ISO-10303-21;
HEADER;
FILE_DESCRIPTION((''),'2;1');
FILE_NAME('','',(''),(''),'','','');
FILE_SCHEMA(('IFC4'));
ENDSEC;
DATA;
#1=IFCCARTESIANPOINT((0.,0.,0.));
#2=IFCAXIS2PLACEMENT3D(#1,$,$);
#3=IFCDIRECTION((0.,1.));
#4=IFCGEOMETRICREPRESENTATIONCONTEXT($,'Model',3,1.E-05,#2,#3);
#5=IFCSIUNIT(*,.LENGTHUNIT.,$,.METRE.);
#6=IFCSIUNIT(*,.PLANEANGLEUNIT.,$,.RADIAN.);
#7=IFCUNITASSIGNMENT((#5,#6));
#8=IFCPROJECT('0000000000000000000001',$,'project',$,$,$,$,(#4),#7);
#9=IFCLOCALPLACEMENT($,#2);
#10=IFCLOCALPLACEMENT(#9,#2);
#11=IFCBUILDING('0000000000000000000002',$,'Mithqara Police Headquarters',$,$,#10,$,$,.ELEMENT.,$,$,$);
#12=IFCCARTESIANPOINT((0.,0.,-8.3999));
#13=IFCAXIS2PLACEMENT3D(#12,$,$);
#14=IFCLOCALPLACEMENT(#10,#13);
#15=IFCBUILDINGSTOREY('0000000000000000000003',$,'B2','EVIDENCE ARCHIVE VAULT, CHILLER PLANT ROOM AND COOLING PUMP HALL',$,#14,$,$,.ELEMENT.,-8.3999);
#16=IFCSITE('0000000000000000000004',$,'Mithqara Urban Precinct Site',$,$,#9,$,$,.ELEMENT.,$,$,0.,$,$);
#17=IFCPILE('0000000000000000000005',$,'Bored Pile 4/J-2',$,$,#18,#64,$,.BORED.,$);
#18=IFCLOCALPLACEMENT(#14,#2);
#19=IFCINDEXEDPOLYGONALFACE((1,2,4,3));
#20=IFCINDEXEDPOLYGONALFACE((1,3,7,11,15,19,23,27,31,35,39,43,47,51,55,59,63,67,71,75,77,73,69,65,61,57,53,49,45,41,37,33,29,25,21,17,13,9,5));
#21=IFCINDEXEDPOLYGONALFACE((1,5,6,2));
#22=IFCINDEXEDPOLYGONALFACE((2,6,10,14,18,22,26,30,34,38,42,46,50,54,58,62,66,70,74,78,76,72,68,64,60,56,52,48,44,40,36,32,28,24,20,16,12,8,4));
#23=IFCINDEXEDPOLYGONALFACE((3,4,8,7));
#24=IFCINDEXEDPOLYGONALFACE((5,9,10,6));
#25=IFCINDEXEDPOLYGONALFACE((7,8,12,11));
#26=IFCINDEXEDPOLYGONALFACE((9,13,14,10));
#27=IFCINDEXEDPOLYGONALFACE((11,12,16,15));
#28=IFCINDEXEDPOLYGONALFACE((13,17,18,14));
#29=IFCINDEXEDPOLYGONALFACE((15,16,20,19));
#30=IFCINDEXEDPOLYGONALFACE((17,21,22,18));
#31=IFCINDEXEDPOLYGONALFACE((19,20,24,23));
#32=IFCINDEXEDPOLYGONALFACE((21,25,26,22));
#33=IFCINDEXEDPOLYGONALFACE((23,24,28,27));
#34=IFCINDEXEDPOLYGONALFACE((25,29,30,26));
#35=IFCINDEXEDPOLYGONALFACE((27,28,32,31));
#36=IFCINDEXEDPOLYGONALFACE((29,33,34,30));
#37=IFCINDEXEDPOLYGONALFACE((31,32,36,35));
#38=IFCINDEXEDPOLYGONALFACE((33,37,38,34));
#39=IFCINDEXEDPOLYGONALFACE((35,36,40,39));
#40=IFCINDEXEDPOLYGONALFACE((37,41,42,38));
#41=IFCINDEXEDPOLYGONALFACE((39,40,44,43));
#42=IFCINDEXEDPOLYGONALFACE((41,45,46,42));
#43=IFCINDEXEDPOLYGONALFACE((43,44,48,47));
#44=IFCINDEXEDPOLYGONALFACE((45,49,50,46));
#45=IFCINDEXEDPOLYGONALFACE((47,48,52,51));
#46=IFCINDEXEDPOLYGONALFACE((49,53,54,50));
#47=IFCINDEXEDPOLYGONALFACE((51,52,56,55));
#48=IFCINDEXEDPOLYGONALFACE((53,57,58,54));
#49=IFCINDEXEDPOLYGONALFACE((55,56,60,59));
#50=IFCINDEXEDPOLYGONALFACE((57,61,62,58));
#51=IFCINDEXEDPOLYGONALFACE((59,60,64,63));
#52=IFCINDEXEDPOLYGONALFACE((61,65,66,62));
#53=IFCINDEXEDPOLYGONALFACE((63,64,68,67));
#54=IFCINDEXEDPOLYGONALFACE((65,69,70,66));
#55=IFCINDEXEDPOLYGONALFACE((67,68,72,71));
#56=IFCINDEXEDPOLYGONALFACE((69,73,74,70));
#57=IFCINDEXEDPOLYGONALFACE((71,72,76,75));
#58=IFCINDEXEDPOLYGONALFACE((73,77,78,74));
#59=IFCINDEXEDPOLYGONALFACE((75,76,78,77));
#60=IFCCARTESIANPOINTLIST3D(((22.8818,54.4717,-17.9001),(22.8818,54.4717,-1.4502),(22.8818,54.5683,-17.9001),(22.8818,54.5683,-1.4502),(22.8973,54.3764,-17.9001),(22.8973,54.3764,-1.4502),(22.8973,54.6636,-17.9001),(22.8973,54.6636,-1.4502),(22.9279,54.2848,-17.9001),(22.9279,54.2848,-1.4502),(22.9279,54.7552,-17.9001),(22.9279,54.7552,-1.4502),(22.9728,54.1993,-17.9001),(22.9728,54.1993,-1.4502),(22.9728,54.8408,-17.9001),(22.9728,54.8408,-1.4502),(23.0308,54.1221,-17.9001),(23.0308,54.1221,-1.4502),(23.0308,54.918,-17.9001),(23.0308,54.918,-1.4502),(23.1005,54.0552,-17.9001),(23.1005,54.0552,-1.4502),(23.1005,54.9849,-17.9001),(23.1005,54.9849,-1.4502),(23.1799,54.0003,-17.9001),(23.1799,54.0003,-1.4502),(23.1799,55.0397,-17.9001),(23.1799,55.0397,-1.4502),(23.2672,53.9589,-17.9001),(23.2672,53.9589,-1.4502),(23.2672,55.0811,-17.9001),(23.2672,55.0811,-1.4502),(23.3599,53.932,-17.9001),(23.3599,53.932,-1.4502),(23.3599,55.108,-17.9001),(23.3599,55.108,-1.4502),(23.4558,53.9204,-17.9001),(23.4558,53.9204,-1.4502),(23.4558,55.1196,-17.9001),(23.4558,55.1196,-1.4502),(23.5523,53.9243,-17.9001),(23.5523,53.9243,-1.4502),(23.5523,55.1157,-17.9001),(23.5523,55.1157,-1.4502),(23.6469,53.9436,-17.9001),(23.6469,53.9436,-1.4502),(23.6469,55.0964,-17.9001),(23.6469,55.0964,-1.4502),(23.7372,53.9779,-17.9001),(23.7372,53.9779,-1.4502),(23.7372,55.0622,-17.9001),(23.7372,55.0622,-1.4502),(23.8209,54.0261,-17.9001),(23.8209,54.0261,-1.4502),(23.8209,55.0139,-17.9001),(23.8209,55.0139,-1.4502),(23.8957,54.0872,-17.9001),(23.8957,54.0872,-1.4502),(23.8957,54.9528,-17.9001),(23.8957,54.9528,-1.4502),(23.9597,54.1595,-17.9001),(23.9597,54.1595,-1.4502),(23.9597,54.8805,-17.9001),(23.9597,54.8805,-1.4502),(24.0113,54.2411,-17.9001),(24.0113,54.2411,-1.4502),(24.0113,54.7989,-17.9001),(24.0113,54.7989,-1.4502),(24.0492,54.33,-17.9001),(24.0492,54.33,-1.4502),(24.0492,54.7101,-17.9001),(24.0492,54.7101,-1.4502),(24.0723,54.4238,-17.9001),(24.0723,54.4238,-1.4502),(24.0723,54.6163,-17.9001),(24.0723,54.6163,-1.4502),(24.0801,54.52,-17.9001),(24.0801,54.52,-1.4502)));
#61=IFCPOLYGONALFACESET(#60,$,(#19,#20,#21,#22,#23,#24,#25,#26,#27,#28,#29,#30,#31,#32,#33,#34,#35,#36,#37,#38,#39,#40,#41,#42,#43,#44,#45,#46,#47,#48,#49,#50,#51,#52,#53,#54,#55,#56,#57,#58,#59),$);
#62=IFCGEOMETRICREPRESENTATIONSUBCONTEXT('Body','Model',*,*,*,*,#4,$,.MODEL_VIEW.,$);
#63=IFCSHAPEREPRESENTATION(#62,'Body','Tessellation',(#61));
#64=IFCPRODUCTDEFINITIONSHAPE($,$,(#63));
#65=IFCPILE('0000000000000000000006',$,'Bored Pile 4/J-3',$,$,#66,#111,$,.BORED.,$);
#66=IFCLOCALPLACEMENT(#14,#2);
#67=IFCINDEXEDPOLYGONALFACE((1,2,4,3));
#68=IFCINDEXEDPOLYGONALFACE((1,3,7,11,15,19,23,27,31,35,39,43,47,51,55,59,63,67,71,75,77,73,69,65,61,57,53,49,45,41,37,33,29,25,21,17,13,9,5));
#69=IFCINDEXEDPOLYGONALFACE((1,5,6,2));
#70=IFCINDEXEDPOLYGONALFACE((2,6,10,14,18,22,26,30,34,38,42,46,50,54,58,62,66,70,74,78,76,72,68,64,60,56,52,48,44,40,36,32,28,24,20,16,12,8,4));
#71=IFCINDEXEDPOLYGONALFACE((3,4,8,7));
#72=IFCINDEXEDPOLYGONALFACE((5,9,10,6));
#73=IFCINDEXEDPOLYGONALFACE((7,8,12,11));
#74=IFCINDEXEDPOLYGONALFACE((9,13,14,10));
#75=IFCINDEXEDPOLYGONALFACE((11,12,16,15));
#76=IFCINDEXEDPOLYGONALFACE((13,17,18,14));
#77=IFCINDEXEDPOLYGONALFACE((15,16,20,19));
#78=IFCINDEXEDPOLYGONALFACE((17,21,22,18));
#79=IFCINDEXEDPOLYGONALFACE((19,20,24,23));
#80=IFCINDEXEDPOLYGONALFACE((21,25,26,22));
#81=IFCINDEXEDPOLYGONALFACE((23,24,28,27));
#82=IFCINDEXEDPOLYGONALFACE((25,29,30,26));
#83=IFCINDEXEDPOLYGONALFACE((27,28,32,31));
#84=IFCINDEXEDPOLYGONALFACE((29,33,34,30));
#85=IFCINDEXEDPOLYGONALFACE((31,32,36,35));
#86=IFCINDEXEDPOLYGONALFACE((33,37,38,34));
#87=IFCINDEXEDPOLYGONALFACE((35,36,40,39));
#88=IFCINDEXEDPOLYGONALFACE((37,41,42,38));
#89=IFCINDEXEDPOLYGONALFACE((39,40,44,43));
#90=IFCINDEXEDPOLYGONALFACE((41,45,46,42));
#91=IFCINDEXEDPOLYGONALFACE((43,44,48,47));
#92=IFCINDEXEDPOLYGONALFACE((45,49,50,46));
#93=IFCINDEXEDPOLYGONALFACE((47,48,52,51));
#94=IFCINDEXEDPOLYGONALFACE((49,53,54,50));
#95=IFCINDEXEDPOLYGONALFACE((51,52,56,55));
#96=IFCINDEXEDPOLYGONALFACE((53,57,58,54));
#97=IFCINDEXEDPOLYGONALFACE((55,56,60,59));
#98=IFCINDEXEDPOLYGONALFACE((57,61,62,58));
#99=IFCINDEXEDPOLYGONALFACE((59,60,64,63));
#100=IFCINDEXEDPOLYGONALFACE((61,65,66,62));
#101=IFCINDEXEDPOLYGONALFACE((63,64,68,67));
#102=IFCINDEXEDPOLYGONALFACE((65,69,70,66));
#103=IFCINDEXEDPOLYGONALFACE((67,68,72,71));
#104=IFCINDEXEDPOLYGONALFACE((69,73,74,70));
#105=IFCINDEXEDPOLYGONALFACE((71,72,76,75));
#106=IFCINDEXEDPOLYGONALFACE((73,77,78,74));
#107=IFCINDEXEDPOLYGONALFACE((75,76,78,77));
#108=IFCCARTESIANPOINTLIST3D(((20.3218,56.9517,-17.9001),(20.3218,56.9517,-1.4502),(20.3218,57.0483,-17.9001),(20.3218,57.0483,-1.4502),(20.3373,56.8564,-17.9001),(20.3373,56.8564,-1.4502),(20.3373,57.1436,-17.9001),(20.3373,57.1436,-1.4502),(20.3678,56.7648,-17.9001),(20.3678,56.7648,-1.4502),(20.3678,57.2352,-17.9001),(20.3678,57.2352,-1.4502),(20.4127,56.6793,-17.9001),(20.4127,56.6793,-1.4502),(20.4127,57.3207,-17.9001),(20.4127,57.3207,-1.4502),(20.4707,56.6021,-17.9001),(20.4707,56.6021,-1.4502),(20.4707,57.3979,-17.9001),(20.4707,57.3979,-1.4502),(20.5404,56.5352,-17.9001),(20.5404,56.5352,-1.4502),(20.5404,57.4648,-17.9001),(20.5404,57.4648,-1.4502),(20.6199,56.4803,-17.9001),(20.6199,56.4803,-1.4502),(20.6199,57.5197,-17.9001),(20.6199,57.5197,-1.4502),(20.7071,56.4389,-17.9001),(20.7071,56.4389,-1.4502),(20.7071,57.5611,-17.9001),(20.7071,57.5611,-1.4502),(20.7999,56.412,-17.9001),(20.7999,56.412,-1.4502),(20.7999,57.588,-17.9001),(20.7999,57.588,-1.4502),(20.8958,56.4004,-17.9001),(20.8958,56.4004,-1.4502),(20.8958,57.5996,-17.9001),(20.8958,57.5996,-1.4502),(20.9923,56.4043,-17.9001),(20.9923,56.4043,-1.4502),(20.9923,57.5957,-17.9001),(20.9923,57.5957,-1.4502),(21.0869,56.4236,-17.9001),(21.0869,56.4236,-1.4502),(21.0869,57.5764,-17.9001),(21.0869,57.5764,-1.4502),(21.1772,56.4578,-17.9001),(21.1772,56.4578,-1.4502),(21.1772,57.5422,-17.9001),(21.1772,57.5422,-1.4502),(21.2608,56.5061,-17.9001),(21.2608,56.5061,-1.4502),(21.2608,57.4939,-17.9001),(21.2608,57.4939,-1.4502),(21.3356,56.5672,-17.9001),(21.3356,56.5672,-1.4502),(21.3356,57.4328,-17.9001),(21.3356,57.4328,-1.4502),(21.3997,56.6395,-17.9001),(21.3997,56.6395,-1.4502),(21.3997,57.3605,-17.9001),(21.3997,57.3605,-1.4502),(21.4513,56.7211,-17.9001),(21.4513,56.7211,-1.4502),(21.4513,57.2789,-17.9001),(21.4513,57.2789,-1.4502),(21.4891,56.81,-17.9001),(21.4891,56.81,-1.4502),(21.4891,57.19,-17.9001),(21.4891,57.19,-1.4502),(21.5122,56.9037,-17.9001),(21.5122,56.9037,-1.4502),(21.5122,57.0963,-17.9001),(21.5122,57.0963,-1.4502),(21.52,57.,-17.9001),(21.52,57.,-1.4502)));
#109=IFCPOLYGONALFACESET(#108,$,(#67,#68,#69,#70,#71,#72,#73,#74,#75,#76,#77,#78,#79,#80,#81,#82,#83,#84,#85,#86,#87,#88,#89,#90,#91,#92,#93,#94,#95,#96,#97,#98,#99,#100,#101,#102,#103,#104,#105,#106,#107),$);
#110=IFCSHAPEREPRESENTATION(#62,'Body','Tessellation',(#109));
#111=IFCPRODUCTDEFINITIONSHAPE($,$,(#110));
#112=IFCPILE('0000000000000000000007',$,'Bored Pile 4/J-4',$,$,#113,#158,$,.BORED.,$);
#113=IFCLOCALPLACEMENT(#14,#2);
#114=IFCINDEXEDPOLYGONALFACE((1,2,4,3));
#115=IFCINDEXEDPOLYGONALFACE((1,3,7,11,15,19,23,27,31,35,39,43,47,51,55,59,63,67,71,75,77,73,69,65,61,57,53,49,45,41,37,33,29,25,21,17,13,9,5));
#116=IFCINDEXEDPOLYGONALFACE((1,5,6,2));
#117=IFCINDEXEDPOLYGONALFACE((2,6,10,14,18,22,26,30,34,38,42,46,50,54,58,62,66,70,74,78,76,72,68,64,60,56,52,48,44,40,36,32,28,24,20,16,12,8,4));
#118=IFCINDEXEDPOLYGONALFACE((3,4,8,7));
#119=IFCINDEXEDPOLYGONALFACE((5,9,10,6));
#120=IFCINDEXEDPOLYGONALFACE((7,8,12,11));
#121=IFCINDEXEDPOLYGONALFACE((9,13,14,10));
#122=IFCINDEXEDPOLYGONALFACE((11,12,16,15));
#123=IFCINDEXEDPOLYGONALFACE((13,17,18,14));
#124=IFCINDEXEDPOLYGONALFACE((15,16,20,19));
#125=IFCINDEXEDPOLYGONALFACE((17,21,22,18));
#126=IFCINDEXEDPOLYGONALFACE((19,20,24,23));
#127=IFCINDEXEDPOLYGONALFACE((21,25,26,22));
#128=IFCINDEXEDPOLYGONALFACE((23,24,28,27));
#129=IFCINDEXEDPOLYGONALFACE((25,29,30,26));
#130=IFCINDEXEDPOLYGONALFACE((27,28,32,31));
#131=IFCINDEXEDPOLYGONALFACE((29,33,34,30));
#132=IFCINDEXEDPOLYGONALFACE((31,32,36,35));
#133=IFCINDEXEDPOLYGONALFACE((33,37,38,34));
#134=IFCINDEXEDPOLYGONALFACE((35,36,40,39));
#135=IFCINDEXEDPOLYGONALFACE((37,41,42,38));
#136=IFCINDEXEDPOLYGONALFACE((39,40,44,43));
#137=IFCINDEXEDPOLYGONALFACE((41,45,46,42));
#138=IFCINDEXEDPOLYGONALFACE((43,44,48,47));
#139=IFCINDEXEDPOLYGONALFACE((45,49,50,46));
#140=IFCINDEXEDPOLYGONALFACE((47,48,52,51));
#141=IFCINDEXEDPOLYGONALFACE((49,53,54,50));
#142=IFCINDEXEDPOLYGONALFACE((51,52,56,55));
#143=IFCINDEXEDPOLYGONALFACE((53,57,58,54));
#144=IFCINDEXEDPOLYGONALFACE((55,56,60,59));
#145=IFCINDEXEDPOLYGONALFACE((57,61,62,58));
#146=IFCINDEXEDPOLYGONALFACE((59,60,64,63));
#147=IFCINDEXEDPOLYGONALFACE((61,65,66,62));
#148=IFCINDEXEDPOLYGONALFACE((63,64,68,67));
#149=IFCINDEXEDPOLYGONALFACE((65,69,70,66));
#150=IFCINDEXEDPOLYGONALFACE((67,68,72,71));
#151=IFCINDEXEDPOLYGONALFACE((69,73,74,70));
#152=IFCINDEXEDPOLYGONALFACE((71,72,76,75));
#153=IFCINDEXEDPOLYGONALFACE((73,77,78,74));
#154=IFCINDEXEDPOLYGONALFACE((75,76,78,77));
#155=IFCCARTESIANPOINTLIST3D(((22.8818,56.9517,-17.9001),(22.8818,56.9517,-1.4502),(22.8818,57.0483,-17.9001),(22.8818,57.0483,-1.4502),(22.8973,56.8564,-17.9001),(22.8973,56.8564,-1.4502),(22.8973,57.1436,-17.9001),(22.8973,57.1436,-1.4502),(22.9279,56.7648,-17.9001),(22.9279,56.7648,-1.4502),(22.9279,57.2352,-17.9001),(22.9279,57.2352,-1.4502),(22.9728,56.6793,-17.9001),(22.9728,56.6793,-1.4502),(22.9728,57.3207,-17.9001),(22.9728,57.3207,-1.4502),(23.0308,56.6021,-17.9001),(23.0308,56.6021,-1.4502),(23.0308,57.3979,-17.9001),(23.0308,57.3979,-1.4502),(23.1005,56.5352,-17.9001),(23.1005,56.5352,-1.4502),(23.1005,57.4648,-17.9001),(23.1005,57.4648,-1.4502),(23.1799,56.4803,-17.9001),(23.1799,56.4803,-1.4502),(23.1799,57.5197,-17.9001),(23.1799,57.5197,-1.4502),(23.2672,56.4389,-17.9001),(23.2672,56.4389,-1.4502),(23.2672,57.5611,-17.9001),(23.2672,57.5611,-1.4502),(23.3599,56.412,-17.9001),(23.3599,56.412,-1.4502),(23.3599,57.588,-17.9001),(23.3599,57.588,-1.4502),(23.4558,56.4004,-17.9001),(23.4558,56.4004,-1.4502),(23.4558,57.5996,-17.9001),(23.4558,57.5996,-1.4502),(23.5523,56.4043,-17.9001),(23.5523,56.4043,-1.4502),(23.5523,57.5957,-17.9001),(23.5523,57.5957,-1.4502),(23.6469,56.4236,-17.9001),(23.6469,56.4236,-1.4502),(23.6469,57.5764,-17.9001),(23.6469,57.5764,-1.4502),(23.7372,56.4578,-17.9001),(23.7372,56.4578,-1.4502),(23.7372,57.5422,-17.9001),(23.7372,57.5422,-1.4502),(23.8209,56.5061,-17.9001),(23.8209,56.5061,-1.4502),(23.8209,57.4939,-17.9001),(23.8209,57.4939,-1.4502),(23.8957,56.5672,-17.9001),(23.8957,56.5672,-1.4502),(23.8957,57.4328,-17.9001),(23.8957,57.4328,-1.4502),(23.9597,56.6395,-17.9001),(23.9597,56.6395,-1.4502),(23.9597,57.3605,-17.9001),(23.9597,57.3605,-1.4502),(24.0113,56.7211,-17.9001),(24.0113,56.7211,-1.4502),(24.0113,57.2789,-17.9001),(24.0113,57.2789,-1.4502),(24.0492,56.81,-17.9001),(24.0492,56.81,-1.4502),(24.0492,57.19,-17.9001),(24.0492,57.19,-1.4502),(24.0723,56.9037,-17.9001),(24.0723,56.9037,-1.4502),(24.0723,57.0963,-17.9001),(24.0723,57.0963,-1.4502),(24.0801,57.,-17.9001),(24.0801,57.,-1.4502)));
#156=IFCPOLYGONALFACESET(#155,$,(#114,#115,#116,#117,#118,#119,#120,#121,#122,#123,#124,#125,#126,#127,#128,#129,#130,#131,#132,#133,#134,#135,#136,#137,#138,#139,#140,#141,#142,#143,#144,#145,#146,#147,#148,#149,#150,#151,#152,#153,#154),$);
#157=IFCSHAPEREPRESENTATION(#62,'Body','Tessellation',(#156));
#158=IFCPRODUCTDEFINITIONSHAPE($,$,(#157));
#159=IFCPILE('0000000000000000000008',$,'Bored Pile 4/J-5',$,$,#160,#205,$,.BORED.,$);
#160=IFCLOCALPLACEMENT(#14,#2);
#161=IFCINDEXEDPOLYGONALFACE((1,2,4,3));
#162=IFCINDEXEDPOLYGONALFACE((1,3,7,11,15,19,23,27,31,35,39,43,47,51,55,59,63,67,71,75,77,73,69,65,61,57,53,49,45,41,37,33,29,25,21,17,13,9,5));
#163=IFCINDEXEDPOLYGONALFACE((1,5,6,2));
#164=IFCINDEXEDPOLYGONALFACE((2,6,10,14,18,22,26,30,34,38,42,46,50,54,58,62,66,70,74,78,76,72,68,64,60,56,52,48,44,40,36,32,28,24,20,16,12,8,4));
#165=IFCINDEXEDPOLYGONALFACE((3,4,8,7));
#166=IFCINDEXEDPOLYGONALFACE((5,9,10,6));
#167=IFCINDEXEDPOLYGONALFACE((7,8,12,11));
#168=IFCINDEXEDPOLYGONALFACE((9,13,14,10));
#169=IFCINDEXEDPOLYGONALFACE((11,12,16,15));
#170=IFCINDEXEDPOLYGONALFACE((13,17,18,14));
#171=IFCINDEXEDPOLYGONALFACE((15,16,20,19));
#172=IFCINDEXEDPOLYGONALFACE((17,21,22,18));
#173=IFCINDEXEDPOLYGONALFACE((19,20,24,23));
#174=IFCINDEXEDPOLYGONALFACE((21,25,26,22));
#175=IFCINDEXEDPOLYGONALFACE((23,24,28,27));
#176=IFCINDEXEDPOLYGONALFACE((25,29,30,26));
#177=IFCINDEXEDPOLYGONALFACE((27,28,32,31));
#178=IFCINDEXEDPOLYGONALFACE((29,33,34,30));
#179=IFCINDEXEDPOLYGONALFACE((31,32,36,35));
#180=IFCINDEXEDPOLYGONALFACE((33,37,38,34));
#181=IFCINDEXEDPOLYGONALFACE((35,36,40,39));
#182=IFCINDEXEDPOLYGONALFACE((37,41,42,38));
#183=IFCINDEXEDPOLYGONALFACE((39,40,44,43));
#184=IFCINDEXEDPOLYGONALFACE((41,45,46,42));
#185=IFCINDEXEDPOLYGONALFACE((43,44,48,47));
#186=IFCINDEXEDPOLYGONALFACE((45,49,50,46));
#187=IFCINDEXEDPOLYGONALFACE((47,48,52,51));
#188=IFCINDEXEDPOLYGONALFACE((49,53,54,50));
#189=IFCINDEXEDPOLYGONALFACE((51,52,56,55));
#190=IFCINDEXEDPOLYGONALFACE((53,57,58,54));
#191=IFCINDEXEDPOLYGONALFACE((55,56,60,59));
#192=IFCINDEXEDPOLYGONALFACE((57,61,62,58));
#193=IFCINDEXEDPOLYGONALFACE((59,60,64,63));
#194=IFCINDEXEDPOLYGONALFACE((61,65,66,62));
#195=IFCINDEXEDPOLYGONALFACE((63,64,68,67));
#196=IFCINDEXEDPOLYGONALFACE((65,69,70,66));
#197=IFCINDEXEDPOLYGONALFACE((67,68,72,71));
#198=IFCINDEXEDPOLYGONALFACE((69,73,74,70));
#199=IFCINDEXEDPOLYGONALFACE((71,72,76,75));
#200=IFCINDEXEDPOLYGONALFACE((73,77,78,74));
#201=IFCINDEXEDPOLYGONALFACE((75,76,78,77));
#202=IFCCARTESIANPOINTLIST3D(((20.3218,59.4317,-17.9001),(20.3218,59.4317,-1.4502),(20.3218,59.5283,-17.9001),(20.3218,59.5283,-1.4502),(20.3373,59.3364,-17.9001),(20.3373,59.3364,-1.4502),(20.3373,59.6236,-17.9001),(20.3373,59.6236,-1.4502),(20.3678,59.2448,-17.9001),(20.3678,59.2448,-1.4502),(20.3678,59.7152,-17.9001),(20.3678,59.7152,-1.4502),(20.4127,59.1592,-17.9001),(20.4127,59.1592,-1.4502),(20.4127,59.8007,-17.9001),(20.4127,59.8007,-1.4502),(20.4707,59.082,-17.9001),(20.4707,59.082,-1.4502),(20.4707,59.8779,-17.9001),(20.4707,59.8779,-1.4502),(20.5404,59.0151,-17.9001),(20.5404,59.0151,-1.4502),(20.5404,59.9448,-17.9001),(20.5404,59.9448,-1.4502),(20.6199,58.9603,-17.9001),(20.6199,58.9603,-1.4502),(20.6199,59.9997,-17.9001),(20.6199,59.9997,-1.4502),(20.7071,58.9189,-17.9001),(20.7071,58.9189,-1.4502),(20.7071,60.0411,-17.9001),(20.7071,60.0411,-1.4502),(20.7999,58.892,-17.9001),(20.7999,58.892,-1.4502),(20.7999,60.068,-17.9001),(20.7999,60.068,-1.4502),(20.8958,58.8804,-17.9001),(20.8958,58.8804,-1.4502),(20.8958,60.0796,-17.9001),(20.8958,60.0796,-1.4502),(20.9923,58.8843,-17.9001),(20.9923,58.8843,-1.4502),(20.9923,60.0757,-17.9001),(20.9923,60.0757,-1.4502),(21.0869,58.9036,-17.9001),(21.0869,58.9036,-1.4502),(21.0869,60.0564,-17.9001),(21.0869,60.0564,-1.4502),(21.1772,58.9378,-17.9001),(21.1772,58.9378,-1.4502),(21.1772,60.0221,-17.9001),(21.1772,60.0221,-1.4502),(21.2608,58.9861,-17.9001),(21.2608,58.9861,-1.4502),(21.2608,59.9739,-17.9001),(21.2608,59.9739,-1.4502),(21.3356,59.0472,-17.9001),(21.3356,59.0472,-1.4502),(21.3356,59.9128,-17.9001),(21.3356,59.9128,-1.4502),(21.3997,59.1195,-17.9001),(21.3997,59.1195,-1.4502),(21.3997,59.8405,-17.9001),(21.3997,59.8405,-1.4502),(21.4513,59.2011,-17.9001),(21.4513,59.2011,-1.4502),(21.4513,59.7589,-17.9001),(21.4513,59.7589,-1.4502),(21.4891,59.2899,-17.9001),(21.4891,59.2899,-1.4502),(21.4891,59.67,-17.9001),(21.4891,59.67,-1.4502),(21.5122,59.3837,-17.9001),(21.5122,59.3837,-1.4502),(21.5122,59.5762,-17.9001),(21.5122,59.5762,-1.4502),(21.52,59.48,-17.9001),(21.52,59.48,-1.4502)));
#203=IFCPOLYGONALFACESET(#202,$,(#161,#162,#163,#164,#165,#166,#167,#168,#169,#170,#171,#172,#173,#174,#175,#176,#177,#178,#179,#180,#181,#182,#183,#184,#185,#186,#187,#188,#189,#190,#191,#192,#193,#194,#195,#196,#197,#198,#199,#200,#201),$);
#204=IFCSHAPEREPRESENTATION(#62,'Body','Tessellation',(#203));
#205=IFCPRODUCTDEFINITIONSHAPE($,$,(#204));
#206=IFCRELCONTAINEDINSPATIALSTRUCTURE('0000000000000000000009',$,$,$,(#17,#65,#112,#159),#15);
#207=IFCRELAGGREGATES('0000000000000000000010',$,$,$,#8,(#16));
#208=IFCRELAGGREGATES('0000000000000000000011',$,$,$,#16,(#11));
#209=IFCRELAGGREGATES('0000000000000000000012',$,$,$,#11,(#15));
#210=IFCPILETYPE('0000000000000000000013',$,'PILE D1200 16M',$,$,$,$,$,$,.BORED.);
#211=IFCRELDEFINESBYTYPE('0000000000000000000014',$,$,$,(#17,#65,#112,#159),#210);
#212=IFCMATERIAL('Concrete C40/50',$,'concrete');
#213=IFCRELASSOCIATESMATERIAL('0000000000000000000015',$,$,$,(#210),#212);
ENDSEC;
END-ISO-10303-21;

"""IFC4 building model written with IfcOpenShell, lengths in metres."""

from ifc_helpers import new_model, si_unit, direction, frame, origin, origin_2d, place, context, subcontext, project, spatial, circle, extrude, material, material_profile, profile_set, type_object, element, save


model = new_model("IFC4")

# Units and contexts
model_context = context("Model", 3, precision=1e-05, world=origin(), true_north=direction((0.0, 1.0)))
body_context = subcontext(model_context, "Body", "Model", "MODEL_VIEW")
ifc_project = project(units=[si_unit("LENGTHUNIT", "METRE"), si_unit("PLANEANGLEUNIT", "RADIAN")], contexts=[model_context])

# Site, building, storey
site_placement = place(None, origin())
site = spatial("IfcSite", under=ifc_project, at=site_placement, Name="Mithqara Urban Precinct Site", CompositionType="ELEMENT", RefElevation=0.0)
building_placement = place(site_placement, origin())
building = spatial("IfcBuilding", under=site, at=building_placement, Name="Mithqara Police Headquarters", CompositionType="ELEMENT")
storey_placement = place(building_placement, frame((0.0, 0.0, -8.3999)))
storey = spatial("IfcBuildingStorey", under=building, at=storey_placement, Name="B2", Description="EVIDENCE ARCHIVE VAULT, CHILLER PLANT ROOM AND COOLING PUMP HALL", CompositionType="ELEMENT", Elevation=-8.3999)

# Shared definitions
ifc_material_1 = material(Name="Concrete C40/50", Category="concrete")

# Piles
ifc_material_profile_1 = material_profile(ifc_material_1, circle(Radius=0.6001, at=origin_2d()), Name="PILE D1200")
ifc_profile_set_1 = profile_set([ifc_material_profile_1], Name="Concrete C40/50")
pile_type_1 = type_object("IfcPileType", Name="PILE D1200 16M", PredefinedType="BORED", material=ifc_profile_set_1)
for number, where, z_axis, x_axis, name in (
    (1, (23.48, 54.52, -1.4502), (0.0, 0.0, -1.0), (1.0, 0.0, 0.0), "Bored Pile 4/J-2"),
    (2, (20.9199, 57.0, -1.4502), (0.0, 0.0, -1.0), (1.0, 0.0, 0.0), "Bored Pile 4/J-3"),
    (3, (23.48, 57.0, -1.4502), (0.0, 0.0, -1.0), (1.0, 0.0, 0.0), "Bored Pile 4/J-4"),
    (4, (20.9199, 59.48, -1.4502), (0.0, 0.0, -1.0), (1.0, 0.0, 0.0), "Bored Pile 4/J-5"),
):
    element("IfcPile", number, at=place(storey_placement, frame(where, z_axis=z_axis, x_axis=x_axis)), inside=storey, type_object=pile_type_1, Name=name, PredefinedType="BORED", context=body_context, shape_type="SweptSolid", body=[
        extrude(circle(Radius=0.6001, at=origin_2d()), origin(), (0.0, 0.0, 1.0), 16.45),
    ])

save(model, "model.ifc")
